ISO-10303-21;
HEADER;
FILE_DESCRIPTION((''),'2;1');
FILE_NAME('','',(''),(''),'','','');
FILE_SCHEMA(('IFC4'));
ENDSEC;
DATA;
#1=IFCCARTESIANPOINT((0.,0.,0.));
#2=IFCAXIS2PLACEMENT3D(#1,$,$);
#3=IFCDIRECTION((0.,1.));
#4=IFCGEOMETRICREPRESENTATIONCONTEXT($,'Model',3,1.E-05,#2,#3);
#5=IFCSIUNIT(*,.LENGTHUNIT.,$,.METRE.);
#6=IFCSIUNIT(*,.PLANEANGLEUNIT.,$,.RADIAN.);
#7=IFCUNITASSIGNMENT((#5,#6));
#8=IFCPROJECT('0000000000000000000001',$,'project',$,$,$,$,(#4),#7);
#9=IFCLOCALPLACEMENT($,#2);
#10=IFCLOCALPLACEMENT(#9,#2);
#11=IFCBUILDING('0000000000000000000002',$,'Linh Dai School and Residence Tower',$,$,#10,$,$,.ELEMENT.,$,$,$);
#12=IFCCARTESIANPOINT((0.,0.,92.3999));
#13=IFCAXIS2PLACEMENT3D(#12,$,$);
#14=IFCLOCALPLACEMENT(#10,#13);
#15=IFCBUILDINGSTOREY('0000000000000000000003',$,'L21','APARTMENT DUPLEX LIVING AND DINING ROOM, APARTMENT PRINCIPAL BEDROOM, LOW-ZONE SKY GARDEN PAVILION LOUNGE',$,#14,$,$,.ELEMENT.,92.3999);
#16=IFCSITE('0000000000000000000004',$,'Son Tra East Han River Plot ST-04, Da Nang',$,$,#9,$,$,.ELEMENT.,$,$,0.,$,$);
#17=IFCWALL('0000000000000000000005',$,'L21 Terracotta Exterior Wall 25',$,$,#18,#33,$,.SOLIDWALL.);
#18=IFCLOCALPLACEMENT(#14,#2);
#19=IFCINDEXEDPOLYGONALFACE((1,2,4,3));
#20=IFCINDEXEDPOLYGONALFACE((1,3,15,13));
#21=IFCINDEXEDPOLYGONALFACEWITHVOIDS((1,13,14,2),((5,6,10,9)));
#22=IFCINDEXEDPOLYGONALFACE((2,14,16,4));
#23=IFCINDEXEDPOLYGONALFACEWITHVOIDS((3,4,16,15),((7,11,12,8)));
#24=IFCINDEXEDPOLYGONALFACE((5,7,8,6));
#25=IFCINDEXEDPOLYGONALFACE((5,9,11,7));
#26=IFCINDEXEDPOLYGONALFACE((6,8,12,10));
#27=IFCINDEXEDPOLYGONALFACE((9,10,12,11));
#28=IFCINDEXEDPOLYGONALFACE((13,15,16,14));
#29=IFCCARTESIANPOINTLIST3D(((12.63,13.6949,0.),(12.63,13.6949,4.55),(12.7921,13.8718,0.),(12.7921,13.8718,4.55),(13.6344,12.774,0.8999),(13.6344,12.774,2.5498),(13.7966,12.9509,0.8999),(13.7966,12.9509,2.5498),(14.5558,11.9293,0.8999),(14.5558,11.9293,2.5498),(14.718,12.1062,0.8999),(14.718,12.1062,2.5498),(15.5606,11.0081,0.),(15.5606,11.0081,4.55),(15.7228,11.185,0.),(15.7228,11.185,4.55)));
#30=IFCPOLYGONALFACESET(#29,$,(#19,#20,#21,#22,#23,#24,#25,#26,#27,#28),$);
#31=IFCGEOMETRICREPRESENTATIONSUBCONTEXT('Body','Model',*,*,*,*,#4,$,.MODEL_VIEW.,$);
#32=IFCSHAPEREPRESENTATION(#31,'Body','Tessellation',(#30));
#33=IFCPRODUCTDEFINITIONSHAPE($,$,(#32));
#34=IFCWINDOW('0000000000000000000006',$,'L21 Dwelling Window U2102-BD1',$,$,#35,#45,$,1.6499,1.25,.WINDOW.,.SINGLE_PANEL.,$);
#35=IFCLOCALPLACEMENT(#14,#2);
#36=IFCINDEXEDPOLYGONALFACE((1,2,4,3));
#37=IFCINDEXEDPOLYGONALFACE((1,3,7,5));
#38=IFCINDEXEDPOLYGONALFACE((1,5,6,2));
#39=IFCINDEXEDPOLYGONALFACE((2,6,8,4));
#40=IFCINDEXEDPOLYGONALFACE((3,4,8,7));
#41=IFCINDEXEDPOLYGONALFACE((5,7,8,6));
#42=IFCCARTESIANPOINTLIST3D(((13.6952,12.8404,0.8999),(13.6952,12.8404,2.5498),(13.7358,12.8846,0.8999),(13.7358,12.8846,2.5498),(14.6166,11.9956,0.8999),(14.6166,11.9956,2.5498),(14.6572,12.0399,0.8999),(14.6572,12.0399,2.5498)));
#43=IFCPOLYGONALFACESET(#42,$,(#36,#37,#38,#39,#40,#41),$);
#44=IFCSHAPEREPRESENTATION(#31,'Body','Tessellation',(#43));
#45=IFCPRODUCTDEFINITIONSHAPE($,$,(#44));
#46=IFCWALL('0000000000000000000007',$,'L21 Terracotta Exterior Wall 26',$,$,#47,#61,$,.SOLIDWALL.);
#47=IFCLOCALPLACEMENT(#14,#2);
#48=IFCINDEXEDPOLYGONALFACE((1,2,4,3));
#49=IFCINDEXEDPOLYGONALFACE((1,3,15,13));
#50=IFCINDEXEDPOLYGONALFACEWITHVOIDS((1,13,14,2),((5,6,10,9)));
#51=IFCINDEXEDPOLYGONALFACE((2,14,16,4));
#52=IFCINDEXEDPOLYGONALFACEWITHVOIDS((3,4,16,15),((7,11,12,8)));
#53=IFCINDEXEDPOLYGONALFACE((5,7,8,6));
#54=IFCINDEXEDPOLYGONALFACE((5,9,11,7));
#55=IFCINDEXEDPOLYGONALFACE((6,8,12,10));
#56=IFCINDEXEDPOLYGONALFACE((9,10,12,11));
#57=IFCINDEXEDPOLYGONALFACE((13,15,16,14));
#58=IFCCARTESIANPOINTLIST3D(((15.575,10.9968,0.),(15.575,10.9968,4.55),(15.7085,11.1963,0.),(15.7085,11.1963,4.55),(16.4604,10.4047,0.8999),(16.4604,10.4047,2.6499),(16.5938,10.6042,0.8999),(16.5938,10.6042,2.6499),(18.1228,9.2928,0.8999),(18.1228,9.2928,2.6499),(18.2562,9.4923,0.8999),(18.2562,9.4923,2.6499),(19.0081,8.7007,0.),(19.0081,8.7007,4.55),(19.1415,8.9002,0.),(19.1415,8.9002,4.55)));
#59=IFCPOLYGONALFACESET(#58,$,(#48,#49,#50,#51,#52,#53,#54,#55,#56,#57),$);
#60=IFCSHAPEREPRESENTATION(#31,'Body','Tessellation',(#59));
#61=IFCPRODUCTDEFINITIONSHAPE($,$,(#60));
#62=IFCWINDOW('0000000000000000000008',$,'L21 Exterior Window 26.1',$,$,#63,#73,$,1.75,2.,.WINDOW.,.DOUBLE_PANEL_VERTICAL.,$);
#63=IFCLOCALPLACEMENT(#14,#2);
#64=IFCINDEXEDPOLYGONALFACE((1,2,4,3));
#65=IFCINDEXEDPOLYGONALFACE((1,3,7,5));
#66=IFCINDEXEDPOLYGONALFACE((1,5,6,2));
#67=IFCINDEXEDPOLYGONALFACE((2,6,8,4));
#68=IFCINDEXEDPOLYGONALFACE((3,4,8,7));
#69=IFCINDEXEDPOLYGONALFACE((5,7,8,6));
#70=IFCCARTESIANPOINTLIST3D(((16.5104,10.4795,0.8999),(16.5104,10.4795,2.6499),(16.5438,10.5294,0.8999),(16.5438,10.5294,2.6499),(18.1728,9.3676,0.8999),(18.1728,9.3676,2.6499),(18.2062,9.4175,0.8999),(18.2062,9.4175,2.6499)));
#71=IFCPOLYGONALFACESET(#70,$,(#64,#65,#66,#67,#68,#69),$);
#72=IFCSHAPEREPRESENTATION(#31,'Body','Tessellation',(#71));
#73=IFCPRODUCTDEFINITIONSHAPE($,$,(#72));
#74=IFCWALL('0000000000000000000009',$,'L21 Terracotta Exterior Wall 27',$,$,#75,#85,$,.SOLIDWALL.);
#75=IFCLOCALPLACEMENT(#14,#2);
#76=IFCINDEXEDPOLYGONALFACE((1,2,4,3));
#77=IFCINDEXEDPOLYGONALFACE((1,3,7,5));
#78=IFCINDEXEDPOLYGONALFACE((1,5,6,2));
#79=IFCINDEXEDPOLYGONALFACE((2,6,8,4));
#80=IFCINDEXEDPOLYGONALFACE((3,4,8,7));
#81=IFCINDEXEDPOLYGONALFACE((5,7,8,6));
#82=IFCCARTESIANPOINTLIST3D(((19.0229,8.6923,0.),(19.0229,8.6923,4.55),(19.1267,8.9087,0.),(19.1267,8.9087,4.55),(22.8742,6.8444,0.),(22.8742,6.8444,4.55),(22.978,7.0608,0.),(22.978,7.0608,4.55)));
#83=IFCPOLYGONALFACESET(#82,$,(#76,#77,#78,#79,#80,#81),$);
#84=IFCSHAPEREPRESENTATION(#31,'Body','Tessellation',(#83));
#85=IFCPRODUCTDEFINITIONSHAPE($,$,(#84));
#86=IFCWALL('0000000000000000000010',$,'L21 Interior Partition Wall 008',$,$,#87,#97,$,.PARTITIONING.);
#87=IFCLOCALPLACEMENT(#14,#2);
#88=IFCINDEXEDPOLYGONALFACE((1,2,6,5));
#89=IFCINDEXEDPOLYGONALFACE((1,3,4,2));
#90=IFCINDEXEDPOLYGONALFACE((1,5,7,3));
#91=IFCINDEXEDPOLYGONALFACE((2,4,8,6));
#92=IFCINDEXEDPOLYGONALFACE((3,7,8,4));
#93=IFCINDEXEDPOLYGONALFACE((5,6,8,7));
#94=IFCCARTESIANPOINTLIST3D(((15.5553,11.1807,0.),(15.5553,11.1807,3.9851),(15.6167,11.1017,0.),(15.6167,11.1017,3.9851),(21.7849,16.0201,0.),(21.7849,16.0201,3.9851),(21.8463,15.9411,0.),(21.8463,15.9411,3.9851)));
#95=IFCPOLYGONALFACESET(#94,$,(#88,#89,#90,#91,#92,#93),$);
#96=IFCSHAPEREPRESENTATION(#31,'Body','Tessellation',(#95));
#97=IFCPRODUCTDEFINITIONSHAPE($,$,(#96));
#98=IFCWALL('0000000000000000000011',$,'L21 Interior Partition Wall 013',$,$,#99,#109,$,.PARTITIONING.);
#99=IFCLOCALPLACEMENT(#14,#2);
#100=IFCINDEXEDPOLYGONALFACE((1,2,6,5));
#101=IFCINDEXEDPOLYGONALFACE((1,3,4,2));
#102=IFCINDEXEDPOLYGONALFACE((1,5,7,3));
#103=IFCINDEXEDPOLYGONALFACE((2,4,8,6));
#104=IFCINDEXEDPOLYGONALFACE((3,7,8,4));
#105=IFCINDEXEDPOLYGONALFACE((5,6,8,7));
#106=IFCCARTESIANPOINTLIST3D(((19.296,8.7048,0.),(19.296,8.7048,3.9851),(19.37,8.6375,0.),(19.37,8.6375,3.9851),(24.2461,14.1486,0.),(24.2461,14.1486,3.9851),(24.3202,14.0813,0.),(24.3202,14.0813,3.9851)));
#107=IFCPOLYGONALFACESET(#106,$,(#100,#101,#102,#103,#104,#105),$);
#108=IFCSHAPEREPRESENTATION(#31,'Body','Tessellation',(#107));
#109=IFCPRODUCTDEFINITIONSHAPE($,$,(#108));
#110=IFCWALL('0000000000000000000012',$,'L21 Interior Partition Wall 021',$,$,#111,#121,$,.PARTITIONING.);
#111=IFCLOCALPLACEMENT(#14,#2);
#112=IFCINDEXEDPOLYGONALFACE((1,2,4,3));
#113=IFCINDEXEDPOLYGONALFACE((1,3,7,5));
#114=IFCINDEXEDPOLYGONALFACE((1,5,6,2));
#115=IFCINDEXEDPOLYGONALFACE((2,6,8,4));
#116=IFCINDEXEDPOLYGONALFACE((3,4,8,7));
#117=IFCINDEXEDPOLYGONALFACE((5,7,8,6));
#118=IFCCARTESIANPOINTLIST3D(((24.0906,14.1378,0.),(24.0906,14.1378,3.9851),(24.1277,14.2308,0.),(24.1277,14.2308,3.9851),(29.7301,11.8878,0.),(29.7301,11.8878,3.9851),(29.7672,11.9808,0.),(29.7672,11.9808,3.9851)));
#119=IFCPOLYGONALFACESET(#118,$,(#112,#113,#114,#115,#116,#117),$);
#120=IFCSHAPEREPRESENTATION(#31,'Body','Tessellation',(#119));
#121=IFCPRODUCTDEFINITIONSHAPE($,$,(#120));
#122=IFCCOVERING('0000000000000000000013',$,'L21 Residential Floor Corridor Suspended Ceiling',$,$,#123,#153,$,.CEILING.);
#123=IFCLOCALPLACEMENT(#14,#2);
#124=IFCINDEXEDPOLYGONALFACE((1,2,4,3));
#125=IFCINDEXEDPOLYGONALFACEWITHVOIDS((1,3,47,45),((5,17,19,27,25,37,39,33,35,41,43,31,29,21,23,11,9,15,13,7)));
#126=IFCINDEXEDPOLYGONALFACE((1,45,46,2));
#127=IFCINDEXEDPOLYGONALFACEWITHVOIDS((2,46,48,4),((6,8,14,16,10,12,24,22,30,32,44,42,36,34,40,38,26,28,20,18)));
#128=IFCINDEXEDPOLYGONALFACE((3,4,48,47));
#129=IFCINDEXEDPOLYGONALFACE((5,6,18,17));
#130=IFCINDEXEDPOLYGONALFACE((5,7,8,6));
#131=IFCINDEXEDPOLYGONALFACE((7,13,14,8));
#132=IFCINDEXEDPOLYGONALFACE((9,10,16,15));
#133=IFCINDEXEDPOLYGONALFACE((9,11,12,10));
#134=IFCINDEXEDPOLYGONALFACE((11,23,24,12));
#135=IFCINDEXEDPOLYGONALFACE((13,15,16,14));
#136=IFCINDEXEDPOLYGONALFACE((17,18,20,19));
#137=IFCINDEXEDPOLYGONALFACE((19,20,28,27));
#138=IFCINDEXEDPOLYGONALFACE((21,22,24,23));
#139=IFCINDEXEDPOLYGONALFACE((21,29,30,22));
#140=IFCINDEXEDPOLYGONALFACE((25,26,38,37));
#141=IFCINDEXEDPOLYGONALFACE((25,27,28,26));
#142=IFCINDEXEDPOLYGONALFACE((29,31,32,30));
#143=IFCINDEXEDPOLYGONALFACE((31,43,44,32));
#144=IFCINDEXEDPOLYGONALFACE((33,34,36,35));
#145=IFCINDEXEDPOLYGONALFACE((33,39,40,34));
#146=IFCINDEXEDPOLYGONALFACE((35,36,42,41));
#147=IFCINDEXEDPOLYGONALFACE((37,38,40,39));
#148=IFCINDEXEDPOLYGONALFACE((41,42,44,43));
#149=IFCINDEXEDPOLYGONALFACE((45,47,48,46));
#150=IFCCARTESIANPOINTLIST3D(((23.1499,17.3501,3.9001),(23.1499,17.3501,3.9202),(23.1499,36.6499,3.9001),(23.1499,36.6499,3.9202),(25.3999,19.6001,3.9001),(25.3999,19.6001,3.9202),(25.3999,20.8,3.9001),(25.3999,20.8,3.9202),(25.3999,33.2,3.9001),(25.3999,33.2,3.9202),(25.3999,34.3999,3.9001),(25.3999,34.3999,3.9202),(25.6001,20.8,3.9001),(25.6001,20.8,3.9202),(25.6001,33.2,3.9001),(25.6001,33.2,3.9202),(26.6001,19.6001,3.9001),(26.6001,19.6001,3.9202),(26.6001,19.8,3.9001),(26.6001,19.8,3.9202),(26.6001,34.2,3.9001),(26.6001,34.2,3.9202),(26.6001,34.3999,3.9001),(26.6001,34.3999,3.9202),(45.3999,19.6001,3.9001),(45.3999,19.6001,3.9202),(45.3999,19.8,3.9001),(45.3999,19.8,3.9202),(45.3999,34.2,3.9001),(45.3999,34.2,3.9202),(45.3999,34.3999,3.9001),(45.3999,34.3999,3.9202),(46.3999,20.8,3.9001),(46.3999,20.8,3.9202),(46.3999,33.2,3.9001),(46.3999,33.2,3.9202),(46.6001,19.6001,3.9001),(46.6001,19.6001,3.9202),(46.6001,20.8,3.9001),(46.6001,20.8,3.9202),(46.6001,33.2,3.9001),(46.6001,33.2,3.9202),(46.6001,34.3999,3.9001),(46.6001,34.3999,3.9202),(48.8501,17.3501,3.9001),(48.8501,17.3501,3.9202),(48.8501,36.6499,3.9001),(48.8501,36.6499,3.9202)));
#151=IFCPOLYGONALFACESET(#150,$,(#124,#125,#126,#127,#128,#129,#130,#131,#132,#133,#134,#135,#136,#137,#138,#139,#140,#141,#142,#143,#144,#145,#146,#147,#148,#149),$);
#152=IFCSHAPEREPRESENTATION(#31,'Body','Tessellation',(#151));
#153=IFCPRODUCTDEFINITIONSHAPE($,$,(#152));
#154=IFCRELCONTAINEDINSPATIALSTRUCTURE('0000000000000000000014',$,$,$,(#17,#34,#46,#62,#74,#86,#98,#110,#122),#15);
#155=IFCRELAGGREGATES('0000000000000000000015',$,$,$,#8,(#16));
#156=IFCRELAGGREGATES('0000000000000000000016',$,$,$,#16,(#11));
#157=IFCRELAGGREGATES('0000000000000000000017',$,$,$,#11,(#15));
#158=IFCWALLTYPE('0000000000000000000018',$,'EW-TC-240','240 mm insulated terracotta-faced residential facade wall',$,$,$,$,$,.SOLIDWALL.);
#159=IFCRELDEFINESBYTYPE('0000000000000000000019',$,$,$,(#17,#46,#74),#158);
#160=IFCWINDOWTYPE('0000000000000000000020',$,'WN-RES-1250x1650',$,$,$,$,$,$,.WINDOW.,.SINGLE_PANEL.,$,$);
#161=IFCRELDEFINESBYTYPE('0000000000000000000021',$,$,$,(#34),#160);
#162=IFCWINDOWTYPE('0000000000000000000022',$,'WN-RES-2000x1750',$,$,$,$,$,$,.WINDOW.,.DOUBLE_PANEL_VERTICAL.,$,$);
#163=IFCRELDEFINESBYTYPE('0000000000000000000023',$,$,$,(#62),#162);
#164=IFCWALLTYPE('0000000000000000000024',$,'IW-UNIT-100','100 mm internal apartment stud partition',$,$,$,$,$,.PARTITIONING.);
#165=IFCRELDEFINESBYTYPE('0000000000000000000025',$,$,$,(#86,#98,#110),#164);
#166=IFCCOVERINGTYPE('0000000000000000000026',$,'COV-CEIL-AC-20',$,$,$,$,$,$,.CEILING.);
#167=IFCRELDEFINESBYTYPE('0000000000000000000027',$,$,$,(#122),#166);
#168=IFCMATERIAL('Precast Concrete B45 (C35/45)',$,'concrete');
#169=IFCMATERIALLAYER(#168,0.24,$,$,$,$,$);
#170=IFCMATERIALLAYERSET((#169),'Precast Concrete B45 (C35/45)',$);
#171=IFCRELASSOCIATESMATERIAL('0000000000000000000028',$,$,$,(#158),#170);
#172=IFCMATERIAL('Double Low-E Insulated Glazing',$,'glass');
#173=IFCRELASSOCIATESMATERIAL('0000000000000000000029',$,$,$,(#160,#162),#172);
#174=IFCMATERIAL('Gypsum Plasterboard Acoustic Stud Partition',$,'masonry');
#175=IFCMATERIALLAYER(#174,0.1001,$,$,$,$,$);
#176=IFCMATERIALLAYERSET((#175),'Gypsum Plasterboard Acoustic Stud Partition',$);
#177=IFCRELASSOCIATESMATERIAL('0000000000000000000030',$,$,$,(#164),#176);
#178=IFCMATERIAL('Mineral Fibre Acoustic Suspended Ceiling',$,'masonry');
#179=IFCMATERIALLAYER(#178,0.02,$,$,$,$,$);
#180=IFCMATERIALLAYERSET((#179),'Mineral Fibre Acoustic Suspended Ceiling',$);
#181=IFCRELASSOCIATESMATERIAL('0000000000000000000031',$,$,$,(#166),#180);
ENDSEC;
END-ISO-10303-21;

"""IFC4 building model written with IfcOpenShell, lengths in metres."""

from ifc_helpers import new_model, si_unit, direction, frame, frame_2d, origin, origin_2d, place, context, subcontext, project, spatial, polyline, rectangle, outline, extrude, source, transform, mapped, material, layer, layer_set, type_object, element, fill, save


model = new_model("IFC4")

# Units and contexts
model_context = context("Model", 3, precision=1e-05, world=origin(), true_north=direction((0.0, 1.0)))
body_context = subcontext(model_context, "Body", "Model", "MODEL_VIEW")
ifc_project = project(units=[si_unit("LENGTHUNIT", "METRE"), si_unit("PLANEANGLEUNIT", "RADIAN")], contexts=[model_context])

# Site, building, storey
site_placement = place(None, origin())
site = spatial("IfcSite", under=ifc_project, at=site_placement, Name="Son Tra East Han River Plot ST-04, Da Nang", CompositionType="ELEMENT", RefElevation=0.0)
building_placement = place(site_placement, origin())
building = spatial("IfcBuilding", under=site, at=building_placement, Name="Linh Dai School and Residence Tower", CompositionType="ELEMENT")
storey_placement = place(building_placement, frame((0.0, 0.0, 92.3999)))
storey = spatial("IfcBuildingStorey", under=building, at=storey_placement, Name="L21", Description="APARTMENT DUPLEX LIVING AND DINING ROOM, APARTMENT PRINCIPAL BEDROOM, LOW-ZONE SKY GARDEN PAVILION LOUNGE", CompositionType="ELEMENT", Elevation=92.3999)

# Shared definitions
ifc_material_1 = material(Name="Precast Concrete B45 (C35/45)", Category="concrete")

# Shared definitions
ifc_layer_1 = layer(ifc_material_1, 0.24)
ifc_layer_set_1 = layer_set([ifc_layer_1], Name="Precast Concrete B45 (C35/45)")
wall_type_1 = type_object("IfcWallType", Name="EW-TC-240", Description="240 mm insulated terracotta-faced residential facade wall", PredefinedType="SOLIDWALL", material=ifc_layer_set_1)

# Walls, openings, windows
wall_1_placement = place(storey_placement, frame((15.6416, 11.0967, 0.0), z_axis=(0.0, 0.0, 1.0), x_axis=(-0.737113, 0.675769, 0.0)))
wall_1 = element("IfcWall", 1, at=wall_1_placement, inside=storey, type_object=wall_type_1, Name="L21 Terracotta Exterior Wall 25", PredefinedType="SOLIDWALL", context=body_context, shape_type="SweptSolid", body=[
    extrude(rectangle(XDim=3.9758, YDim=0.24, at=frame_2d((1.9878, 0.0))), origin(), (0.0, 0.0, 1.0), 4.55),
])
opening_1_placement = place(wall_1_placement, frame((1.363, 0.0, 0.8999)))
opening_1 = element("IfcOpeningElement", 2, at=opening_1_placement, cuts=wall_1, PredefinedType="OPENING", context=body_context, shape_type="SweptSolid", body=[
    extrude(rectangle(XDim=1.25, YDim=1.6499, at=origin_2d()), frame((0.625, 0.1299, 0.825), z_axis=(0.0, -1.0, 0.0), x_axis=(1.0, 0.0, 0.0)), (0.0, 0.0, 1.0), 0.26),
])
ifc_material_2 = material(Name="Double Low-E Insulated Glazing", Category="glass")
window_type_1 = type_object("IfcWindowType", Name="WN-RES-1250x1650", PartitioningType="SINGLE_PANEL", PredefinedType="WINDOW", material=ifc_material_2)
shared_shape_1 = source(origin(), body_context, "Body", "SweptSolid", [
    extrude(rectangle(XDim=1.25, YDim=1.6499, at=origin_2d()), frame((0.625, 0.03, 0.825), z_axis=(0.0, -1.0, 0.0), x_axis=(1.0, 0.0, 0.0)), (0.0, 0.0, 1.0), 0.0601),
])
window_1_placement = place(opening_1_placement, origin())
window_1 = element("IfcWindow", 3, at=window_1_placement, inside=storey, type_object=window_type_1, Name="L21 Dwelling Window U2102-BD1", OverallHeight=1.6499, OverallWidth=1.25, PartitioningType="SINGLE_PANEL", PredefinedType="WINDOW", context=body_context, shape_type="MappedRepresentation", body=[
    mapped(shared_shape_1, transform((0.0, 0.0, 0.0), x_axis=(1.0, 0.0, 0.0), y_axis=(0.0, 1.0, 0.0), z_axis=(0.0, 0.0, 1.0), scale=1.0)),
])
fill(opening_1, window_1)
wall_2_placement = place(storey_placement, frame((19.0747, 8.8005, 0.0), z_axis=(0.0, 0.0, 1.0), x_axis=(-0.831222, 0.555941, 0.0)))
wall_2 = element("IfcWall", 4, at=wall_2_placement, inside=storey, type_object=wall_type_1, Name="L21 Terracotta Exterior Wall 26", PredefinedType="SOLIDWALL", context=body_context, shape_type="SweptSolid", body=[
    extrude(rectangle(XDim=4.1301, YDim=0.24, at=frame_2d((2.0649, 0.0))), origin(), (0.0, 0.0, 1.0), 4.55),
])
opening_2_placement = place(wall_2_placement, frame((1.0649, 0.0, 0.8999)))
opening_2 = element("IfcOpeningElement", 5, at=opening_2_placement, cuts=wall_2, PredefinedType="OPENING", context=body_context, shape_type="SweptSolid", body=[
    extrude(rectangle(XDim=2.0, YDim=1.75, at=origin_2d()), frame((1.0, 0.1299, 0.875), z_axis=(0.0, -1.0, 0.0), x_axis=(1.0, 0.0, 0.0)), (0.0, 0.0, 1.0), 0.26),
])
window_type_2 = type_object("IfcWindowType", Name="WN-RES-2000x1750", PartitioningType="DOUBLE_PANEL_VERTICAL", PredefinedType="WINDOW", material=ifc_material_2)
shared_shape_2 = source(origin(), body_context, "Body", "SweptSolid", [
    extrude(rectangle(XDim=2.0, YDim=1.75, at=origin_2d()), frame((1.0, 0.03, 0.875), z_axis=(0.0, -1.0, 0.0), x_axis=(1.0, 0.0, 0.0)), (0.0, 0.0, 1.0), 0.0601),
])
window_2_placement = place(opening_2_placement, origin())
window_2 = element("IfcWindow", 6, at=window_2_placement, inside=storey, type_object=window_type_2, Name="L21 Exterior Window 26.1", OverallHeight=1.75, OverallWidth=2.0, PartitioningType="DOUBLE_PANEL_VERTICAL", PredefinedType="WINDOW", context=body_context, shape_type="MappedRepresentation", body=[
    mapped(shared_shape_2, transform((0.0, 0.0, 0.0), x_axis=(1.0, 0.0, 0.0), y_axis=(0.0, 1.0, 0.0), z_axis=(0.0, 0.0, 1.0), scale=1.0)),
])
fill(opening_2, window_2)

# Walls
wall_3_placement = place(storey_placement, frame((22.926, 6.9526, 0.0), z_axis=(0.0, 0.0, 1.0), x_axis=(-0.90159, 0.432592, 0.0)))
element("IfcWall", 7, at=wall_3_placement, inside=storey, type_object=wall_type_1, Name="L21 Terracotta Exterior Wall 27", PredefinedType="SOLIDWALL", context=body_context, shape_type="SweptSolid", body=[
    extrude(rectangle(XDim=4.2717, YDim=0.24, at=frame_2d((2.1357, 0.0))), origin(), (0.0, 0.0, 1.0), 4.55),
])
ifc_material_3 = material(Name="Gypsum Plasterboard Acoustic Stud Partition", Category="masonry")
ifc_layer_2 = layer(ifc_material_3, 0.1001)
ifc_layer_set_2 = layer_set([ifc_layer_2], Name="Gypsum Plasterboard Acoustic Stud Partition")
wall_type_2 = type_object("IfcWallType", Name="IW-UNIT-100", Description="100 mm internal apartment stud partition", PredefinedType="PARTITIONING", material=ifc_layer_set_2)
wall_4_placement = place(storey_placement, frame((15.5859, 11.1411, 0.0), z_axis=(0.0, 0.0, 1.0), x_axis=(0.789709, 0.613482, 0.0)))
element("IfcWall", 8, at=wall_4_placement, inside=storey, type_object=wall_type_2, Name="L21 Interior Partition Wall 008", PredefinedType="PARTITIONING", context=body_context, shape_type="SweptSolid", body=[
    extrude(rectangle(XDim=7.8884, YDim=0.1001, at=frame_2d((3.9443, 0.0))), origin(), (0.0, 0.0, 1.0), 3.9851),
])
wall_5_placement = place(storey_placement, frame((19.333, 8.6711, 0.0), z_axis=(0.0, 0.0, 1.0), x_axis=(0.672765, 0.739856, 0.0)))
element("IfcWall", 9, at=wall_5_placement, inside=storey, type_object=wall_type_2, Name="L21 Interior Partition Wall 013", PredefinedType="PARTITIONING", context=body_context, shape_type="SweptSolid", body=[
    extrude(rectangle(XDim=7.3579, YDim=0.1001, at=frame_2d((3.679, 0.0))), origin(), (0.0, 0.0, 1.0), 3.9851),
])
wall_6_placement = place(storey_placement, frame((24.1091, 14.1843, 0.0), z_axis=(0.0, 0.0, 1.0), x_axis=(0.928804, -0.370572, 0.0)))
element("IfcWall", 10, at=wall_6_placement, inside=storey, type_object=wall_type_2, Name="L21 Interior Partition Wall 021", PredefinedType="PARTITIONING", context=body_context, shape_type="SweptSolid", body=[
    extrude(rectangle(XDim=6.0718, YDim=0.1001, at=frame_2d((3.0359, 0.0))), origin(), (0.0, 0.0, 1.0), 3.9851),
])

# Covering
ifc_material_4 = material(Name="Mineral Fibre Acoustic Suspended Ceiling", Category="masonry")
ifc_layer_3 = layer(ifc_material_4, 0.02)
ifc_layer_set_3 = layer_set([ifc_layer_3], Name="Mineral Fibre Acoustic Suspended Ceiling")
covering_type_1 = type_object("IfcCoveringType", Name="COV-CEIL-AC-20", PredefinedType="CEILING", material=ifc_layer_set_3)
covering_1_placement = place(storey_placement, frame((0.0, 0.0, 3.9001)))
element("IfcCovering", 11, at=covering_1_placement, inside=storey, type_object=covering_type_1, Name="L21 Residential Floor Corridor Suspended Ceiling", PredefinedType="CEILING", context=body_context, shape_type="SweptSolid", body=[
    extrude(outline(polyline([(48.8501, 36.6499), (48.8501, 17.3501), (23.1499, 17.3501), (23.1499, 36.6499), (48.8501, 36.6499)]), holes=[polyline([(26.6001, 34.2), (26.6001, 34.3999), (25.3999, 34.3999), (25.3999, 33.2), (25.6001, 33.2), (25.6001, 20.8), (25.3999, 20.8), (25.3999, 19.6001), (26.6001, 19.6001), (26.6001, 19.8), (45.3999, 19.8), (45.3999, 19.6001), (46.6001, 19.6001), (46.6001, 20.8), (46.3999, 20.8), (46.3999, 33.2), (46.6001, 33.2), (46.6001, 34.3999), (45.3999, 34.3999), (45.3999, 34.2), (26.6001, 34.2)])]), origin(), (0.0, 0.0, 1.0), 0.02),
])

save(model, "model.ifc")
